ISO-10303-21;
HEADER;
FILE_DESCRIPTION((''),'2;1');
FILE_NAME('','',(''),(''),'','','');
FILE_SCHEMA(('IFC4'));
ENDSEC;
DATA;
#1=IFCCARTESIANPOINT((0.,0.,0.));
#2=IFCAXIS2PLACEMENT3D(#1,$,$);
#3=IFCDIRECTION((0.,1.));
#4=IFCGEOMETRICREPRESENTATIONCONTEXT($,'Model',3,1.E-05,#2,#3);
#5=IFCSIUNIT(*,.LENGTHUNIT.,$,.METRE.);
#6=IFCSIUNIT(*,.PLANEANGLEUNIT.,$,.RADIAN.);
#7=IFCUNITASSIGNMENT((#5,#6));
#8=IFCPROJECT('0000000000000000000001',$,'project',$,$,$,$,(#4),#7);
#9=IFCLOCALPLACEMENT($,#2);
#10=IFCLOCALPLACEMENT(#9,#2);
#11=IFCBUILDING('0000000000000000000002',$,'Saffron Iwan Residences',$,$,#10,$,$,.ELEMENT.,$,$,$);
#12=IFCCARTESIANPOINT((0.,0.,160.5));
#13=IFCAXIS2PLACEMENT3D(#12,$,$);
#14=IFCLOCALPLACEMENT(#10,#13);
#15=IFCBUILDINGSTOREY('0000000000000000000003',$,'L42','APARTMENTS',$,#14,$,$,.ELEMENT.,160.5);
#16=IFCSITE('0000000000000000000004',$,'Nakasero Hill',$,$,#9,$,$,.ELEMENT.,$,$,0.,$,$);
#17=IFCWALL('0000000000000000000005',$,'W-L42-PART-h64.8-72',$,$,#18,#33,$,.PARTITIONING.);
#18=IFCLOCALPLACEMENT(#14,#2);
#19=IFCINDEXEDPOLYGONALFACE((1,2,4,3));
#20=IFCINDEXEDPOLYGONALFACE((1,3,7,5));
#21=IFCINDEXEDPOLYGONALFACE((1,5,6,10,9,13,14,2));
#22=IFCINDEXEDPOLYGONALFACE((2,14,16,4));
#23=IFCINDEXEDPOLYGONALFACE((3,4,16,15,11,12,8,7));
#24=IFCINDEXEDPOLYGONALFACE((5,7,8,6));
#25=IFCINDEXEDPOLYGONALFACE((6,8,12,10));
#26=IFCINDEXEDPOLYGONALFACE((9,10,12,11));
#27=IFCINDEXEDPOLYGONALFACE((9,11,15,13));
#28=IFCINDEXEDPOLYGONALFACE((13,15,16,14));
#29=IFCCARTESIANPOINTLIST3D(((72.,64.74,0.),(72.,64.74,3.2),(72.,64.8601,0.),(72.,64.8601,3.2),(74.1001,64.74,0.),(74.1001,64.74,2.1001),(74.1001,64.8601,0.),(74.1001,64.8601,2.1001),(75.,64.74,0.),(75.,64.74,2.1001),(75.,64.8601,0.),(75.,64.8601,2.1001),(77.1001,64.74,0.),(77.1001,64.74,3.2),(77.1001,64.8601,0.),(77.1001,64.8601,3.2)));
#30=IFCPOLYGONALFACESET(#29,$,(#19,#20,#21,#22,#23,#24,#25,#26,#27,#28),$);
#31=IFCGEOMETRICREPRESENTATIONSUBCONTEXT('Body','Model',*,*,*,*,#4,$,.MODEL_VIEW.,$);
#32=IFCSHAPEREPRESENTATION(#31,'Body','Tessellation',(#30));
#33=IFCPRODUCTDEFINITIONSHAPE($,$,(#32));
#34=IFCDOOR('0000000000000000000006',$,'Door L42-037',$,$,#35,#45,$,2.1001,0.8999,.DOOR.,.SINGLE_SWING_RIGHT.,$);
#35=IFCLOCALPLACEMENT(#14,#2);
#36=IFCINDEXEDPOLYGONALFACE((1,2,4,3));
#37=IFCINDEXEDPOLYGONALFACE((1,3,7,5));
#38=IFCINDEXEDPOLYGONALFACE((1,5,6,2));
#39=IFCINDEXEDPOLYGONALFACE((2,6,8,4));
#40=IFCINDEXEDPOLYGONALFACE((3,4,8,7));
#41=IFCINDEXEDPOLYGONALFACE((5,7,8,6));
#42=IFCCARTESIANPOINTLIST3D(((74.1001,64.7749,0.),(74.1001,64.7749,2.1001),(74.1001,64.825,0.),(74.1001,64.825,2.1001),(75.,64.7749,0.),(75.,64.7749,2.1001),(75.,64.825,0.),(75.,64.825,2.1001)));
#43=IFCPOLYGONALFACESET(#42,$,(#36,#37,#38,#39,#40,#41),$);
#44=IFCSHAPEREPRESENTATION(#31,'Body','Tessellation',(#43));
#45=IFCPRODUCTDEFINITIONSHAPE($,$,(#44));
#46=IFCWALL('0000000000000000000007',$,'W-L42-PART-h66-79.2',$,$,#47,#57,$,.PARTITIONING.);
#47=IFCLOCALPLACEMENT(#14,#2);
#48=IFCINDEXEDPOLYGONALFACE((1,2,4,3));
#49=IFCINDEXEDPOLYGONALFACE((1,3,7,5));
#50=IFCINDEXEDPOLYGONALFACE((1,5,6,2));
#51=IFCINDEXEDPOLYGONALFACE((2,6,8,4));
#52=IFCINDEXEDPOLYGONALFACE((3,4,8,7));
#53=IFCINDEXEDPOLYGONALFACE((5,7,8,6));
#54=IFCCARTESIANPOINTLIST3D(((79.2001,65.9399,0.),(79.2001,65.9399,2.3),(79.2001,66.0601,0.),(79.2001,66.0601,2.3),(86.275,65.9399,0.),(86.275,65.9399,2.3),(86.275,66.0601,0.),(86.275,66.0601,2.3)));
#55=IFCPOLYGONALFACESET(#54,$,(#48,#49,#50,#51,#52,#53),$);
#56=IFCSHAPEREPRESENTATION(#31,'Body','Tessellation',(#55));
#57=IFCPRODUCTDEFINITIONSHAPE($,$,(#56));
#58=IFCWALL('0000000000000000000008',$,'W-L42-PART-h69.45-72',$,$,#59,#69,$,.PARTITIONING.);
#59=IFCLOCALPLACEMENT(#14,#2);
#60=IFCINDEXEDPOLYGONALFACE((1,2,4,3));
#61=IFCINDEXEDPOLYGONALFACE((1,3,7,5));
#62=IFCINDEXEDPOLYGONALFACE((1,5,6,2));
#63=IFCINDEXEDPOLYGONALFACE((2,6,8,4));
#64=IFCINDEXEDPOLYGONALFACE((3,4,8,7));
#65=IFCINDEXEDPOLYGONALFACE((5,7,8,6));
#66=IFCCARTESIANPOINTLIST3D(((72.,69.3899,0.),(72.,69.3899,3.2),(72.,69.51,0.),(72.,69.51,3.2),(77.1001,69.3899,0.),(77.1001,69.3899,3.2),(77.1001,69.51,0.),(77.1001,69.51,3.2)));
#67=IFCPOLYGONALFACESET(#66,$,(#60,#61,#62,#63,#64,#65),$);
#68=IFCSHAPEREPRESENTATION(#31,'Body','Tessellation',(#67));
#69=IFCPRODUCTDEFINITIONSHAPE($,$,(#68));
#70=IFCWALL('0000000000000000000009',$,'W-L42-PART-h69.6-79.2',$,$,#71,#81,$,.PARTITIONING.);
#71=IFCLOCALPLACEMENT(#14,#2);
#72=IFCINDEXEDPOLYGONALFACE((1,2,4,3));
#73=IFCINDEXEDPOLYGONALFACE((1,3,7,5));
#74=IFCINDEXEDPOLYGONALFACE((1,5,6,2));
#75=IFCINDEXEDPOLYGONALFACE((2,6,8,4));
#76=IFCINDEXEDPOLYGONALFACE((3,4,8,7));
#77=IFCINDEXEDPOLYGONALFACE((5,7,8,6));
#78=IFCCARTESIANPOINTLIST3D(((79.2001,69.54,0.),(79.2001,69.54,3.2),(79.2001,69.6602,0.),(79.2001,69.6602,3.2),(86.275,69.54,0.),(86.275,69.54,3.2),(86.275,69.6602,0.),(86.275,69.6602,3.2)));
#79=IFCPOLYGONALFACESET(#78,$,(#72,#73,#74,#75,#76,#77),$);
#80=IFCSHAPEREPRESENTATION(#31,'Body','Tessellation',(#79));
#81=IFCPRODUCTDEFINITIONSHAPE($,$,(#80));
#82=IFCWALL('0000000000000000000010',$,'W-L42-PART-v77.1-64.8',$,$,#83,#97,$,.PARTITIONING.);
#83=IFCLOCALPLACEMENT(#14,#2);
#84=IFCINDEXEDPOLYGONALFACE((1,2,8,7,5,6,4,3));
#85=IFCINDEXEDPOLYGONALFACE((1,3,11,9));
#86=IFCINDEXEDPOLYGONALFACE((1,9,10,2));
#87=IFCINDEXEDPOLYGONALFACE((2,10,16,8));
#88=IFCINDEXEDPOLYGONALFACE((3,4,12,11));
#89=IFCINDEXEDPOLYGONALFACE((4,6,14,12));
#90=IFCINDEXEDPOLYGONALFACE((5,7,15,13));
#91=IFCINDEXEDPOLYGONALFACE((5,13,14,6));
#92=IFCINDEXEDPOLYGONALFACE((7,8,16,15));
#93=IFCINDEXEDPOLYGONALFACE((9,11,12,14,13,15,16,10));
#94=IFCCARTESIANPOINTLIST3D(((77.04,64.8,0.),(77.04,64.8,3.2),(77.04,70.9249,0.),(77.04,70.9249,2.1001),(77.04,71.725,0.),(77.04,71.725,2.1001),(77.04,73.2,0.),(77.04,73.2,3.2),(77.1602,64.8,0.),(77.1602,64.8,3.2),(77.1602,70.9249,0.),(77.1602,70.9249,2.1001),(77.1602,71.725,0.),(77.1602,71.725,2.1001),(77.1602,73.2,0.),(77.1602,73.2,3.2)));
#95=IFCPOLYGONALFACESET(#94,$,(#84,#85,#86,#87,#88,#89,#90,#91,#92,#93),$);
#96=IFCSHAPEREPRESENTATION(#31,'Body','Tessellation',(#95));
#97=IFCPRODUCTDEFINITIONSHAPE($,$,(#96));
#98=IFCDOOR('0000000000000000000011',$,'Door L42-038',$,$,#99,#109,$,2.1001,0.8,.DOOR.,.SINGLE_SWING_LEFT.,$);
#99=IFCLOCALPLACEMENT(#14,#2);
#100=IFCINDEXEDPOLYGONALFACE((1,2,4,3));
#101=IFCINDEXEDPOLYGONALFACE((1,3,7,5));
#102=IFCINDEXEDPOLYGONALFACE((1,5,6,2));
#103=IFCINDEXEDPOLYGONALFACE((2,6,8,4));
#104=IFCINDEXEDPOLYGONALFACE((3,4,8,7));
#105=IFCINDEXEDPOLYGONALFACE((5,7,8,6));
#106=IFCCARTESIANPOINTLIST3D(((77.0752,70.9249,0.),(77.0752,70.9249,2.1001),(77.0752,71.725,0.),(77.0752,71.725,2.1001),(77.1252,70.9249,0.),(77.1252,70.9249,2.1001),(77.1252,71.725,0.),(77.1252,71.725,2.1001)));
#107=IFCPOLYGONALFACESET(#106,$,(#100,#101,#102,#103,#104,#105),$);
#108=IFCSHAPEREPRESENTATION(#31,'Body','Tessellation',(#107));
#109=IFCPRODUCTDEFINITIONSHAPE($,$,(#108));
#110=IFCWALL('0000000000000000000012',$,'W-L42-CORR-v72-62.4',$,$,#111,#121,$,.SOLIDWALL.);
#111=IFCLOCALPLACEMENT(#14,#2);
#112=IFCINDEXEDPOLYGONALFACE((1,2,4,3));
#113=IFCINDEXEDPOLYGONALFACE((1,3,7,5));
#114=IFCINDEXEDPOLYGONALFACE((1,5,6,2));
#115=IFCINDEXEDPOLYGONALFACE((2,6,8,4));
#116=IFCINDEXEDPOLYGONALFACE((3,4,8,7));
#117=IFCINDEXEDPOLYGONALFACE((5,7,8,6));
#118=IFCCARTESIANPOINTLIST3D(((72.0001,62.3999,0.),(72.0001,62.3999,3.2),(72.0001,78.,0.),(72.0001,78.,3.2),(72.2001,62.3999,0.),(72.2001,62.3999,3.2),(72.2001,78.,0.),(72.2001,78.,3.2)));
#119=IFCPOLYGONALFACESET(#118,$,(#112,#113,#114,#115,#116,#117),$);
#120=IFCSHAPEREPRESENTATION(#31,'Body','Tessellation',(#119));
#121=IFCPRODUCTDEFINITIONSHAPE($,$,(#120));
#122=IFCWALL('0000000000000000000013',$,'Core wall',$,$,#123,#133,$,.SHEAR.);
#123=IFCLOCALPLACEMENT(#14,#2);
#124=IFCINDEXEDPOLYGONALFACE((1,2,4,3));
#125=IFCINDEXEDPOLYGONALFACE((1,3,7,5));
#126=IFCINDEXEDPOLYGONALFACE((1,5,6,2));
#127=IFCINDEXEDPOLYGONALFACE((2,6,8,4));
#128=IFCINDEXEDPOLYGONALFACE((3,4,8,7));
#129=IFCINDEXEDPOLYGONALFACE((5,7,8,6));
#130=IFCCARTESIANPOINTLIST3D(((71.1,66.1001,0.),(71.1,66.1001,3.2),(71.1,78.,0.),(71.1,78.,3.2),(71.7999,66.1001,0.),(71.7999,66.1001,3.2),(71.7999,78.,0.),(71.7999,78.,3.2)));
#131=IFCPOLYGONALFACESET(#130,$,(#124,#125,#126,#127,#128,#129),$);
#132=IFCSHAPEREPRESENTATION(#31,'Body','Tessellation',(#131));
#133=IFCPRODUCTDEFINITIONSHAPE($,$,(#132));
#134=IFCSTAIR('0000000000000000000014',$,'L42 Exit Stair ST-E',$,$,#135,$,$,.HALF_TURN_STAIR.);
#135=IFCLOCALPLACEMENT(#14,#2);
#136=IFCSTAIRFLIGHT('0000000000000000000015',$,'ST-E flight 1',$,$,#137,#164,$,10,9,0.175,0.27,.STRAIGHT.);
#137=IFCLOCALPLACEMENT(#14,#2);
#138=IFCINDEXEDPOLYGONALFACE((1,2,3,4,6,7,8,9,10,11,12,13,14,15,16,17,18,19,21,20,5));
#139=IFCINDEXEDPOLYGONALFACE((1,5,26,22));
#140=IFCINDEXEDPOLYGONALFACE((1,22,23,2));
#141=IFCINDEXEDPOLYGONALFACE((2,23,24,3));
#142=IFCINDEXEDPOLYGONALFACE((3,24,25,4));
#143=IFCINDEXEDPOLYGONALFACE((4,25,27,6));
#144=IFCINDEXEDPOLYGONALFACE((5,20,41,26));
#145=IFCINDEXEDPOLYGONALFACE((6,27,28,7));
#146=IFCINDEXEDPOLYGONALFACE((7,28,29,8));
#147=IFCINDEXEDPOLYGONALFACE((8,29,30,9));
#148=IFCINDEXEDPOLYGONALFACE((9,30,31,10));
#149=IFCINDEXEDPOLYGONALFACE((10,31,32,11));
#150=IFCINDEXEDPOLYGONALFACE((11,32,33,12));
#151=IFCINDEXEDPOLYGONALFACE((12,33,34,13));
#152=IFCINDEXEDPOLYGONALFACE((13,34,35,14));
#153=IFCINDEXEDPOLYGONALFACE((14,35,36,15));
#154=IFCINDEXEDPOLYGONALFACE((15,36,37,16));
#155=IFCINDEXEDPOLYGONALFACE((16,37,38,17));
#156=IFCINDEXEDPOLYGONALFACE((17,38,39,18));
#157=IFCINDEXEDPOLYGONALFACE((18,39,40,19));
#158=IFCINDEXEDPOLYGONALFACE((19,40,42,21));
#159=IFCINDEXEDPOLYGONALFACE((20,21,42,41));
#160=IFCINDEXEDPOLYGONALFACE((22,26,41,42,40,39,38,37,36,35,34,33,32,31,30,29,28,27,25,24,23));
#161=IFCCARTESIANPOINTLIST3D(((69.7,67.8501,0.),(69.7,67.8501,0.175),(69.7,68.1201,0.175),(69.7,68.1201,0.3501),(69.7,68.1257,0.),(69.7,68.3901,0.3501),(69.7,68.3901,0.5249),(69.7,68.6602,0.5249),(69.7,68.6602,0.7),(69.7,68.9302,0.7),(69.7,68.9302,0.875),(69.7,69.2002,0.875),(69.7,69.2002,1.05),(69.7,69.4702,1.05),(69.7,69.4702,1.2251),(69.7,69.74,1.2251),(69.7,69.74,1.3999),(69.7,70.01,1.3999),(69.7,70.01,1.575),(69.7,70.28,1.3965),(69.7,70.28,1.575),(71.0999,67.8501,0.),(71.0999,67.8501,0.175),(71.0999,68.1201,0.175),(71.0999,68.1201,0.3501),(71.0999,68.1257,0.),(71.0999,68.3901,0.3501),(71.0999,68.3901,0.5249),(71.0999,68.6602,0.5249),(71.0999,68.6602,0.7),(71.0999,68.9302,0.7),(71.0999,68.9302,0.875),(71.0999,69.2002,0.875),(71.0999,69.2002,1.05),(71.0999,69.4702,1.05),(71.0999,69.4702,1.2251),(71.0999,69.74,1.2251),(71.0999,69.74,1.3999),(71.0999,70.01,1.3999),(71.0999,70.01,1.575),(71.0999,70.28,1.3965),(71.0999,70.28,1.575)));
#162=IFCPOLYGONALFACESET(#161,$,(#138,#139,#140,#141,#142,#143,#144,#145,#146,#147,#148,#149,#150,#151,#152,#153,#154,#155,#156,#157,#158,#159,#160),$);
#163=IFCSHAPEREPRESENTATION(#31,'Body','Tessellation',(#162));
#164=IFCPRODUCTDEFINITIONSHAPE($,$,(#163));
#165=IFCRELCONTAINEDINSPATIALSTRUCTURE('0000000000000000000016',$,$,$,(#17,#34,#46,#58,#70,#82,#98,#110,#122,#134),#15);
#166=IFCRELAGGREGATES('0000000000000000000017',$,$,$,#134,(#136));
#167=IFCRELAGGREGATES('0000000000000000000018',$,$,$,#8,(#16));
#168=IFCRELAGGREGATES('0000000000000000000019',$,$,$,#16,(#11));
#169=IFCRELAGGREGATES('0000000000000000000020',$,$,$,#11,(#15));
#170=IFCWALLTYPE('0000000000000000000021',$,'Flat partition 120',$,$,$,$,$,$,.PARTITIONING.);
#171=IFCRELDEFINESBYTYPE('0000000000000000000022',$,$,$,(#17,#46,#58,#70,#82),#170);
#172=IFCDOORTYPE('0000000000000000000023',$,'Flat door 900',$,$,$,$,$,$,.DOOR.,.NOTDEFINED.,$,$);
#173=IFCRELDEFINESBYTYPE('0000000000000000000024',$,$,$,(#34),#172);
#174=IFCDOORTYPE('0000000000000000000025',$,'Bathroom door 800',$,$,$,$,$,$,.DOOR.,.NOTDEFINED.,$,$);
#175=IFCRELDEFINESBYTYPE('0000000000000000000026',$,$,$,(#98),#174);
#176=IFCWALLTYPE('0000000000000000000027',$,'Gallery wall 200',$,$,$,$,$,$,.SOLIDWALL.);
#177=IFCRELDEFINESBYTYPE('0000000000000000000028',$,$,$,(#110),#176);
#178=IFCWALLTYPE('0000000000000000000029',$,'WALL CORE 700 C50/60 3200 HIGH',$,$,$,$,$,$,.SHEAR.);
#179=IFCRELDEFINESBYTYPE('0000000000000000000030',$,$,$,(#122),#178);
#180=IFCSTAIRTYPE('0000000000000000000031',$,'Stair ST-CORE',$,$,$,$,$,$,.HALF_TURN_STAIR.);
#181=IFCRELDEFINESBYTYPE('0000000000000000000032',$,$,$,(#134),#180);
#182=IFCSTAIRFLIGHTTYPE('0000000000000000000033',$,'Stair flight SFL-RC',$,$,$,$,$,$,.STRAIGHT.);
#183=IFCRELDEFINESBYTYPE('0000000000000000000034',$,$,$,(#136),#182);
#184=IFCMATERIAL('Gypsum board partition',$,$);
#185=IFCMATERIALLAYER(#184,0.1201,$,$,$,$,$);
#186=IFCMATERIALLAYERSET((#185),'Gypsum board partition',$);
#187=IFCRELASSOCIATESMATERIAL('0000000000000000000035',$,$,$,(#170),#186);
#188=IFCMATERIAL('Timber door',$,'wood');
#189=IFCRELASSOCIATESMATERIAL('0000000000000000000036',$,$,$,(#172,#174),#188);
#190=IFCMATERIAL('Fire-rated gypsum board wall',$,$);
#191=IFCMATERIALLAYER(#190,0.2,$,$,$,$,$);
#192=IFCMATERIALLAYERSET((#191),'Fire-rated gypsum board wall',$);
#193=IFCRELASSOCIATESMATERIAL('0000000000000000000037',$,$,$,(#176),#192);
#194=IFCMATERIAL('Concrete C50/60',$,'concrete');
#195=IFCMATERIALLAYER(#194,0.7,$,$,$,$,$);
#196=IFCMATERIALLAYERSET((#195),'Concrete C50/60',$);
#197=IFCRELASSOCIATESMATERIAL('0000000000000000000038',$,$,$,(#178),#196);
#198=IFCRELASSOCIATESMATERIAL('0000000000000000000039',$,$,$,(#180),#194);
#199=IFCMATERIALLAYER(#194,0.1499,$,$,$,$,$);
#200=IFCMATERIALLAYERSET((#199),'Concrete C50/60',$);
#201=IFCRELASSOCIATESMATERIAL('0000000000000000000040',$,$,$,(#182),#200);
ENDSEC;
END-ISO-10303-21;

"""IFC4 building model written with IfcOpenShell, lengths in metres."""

from ifc_helpers import new_model, si_unit, direction, frame, frame_2d, origin, place, context, subcontext, project, spatial, polyline, rectangle, outline, extrude, material, layer, layer_set, type_object, element, fill, aggregate, save


model = new_model("IFC4")

# Units and contexts
model_context = context("Model", 3, precision=1e-05, world=origin(), true_north=direction((0.0, 1.0)))
body_context = subcontext(model_context, "Body", "Model", "MODEL_VIEW")
ifc_project = project(units=[si_unit("LENGTHUNIT", "METRE"), si_unit("PLANEANGLEUNIT", "RADIAN")], contexts=[model_context])

# Site, building, storey
site_placement = place(None, origin())
site = spatial("IfcSite", under=ifc_project, at=site_placement, Name="Nakasero Hill", CompositionType="ELEMENT", RefElevation=0.0)
building_placement = place(site_placement, origin())
building = spatial("IfcBuilding", under=site, at=building_placement, Name="Saffron Iwan Residences", CompositionType="ELEMENT")
storey_placement = place(building_placement, frame((0.0, 0.0, 160.5)))
storey = spatial("IfcBuildingStorey", under=building, at=storey_placement, Name="L42", Description="APARTMENTS", CompositionType="ELEMENT", Elevation=160.5)

# Shared definitions
ifc_material_1 = material(Name="Concrete C50/60", Category="concrete")

# Shared definitions
ifc_material_2 = material(Name="Fire-rated gypsum board wall")

# Wall, opening, door
ifc_material_3 = material(Name="Gypsum board partition")
ifc_layer_1 = layer(ifc_material_3, 0.1201)
ifc_layer_set_1 = layer_set([ifc_layer_1], Name="Gypsum board partition")
wall_type_1 = type_object("IfcWallType", Name="Flat partition 120", PredefinedType="PARTITIONING", material=ifc_layer_set_1)
ifc_material_4 = material(Name="Timber door", Category="wood")
door_type_1 = type_object("IfcDoorType", Name="Flat door 900", OperationType="NOTDEFINED", PredefinedType="DOOR", material=ifc_material_4)
wall_1_placement = place(storey_placement, frame((72.0, 64.8, 0.0), z_axis=(0.0, 0.0, 1.0), x_axis=(1.0, 0.0, 0.0)))
wall_1 = element("IfcWall", 1, at=wall_1_placement, inside=storey, type_object=wall_type_1, Name="W-L42-PART-h64.8-72", PredefinedType="PARTITIONING", context=body_context, shape_type="SweptSolid", body=[
    extrude(rectangle(XDim=5.1001, YDim=0.1201, at=frame_2d((2.55, 0.0))), origin(), (0.0, 0.0, 1.0), 3.2),
])
opening_1_placement = place(wall_1_placement, frame((2.1001, 0.0, 0.0)))
opening_1 = element("IfcOpeningElement", 2, at=opening_1_placement, cuts=wall_1, PredefinedType="OPENING", context=body_context, shape_type="SweptSolid", body=[
    extrude(rectangle(XDim=0.8999, YDim=2.1001, at=frame_2d((0.45, 1.05))), frame((0.0, 0.0701, 0.0), z_axis=(0.0, -1.0, 0.0), x_axis=(1.0, 0.0, 0.0)), (0.0, 0.0, 1.0), 0.1401),
])
door_1_placement = place(opening_1_placement, origin())
door_1 = element("IfcDoor", 3, at=door_1_placement, inside=storey, type_object=door_type_1, Name="Door L42-037", OperationType="SINGLE_SWING_RIGHT", OverallHeight=2.1001, OverallWidth=0.8999, PredefinedType="DOOR", context=body_context, shape_type="SweptSolid", body=[
    extrude(rectangle(XDim=0.8999, YDim=2.1001, at=frame_2d((0.45, 1.05))), frame((0.0, 0.0249, 0.0), z_axis=(0.0, -1.0, 0.0), x_axis=(1.0, 0.0, 0.0)), (0.0, 0.0, 1.0), 0.05),
])
fill(opening_1, door_1)

# Walls
wall_2_placement = place(storey_placement, frame((79.2, 66.0, 0.0), z_axis=(0.0, 0.0, 1.0), x_axis=(1.0, 0.0, 0.0)))
element("IfcWall", 4, at=wall_2_placement, inside=storey, type_object=wall_type_1, Name="W-L42-PART-h66-79.2", PredefinedType="PARTITIONING", context=body_context, shape_type="SweptSolid", body=[
    extrude(rectangle(XDim=7.075, YDim=0.1201, at=frame_2d((3.5376, 0.0))), origin(), (0.0, 0.0, 1.0), 2.3),
])
wall_3_placement = place(storey_placement, frame((72.0, 69.45, 0.0), z_axis=(0.0, 0.0, 1.0), x_axis=(1.0, 0.0, 0.0)))
element("IfcWall", 5, at=wall_3_placement, inside=storey, type_object=wall_type_1, Name="W-L42-PART-h69.45-72", PredefinedType="PARTITIONING", context=body_context, shape_type="SweptSolid", body=[
    extrude(rectangle(XDim=5.1001, YDim=0.1201, at=frame_2d((2.55, 0.0))), origin(), (0.0, 0.0, 1.0), 3.2),
])
wall_4_placement = place(storey_placement, frame((79.2, 69.6001, 0.0), z_axis=(0.0, 0.0, 1.0), x_axis=(1.0, 0.0, 0.0)))
element("IfcWall", 6, at=wall_4_placement, inside=storey, type_object=wall_type_1, Name="W-L42-PART-h69.6-79.2", PredefinedType="PARTITIONING", context=body_context, shape_type="SweptSolid", body=[
    extrude(rectangle(XDim=7.075, YDim=0.1201, at=frame_2d((3.5376, 0.0))), origin(), (0.0, 0.0, 1.0), 3.2),
])

# Wall, opening, door
wall_5_placement = place(storey_placement, frame((77.1001, 64.8, 0.0), z_axis=(0.0, 0.0, 1.0), x_axis=(0.0, 1.0, 0.0)))
wall_5 = element("IfcWall", 7, at=wall_5_placement, inside=storey, type_object=wall_type_1, Name="W-L42-PART-v77.1-64.8", PredefinedType="PARTITIONING", context=body_context, shape_type="SweptSolid", body=[
    extrude(rectangle(XDim=8.3999, YDim=0.1201, at=frame_2d((4.2, 0.0))), origin(), (0.0, 0.0, 1.0), 3.2),
])
opening_2_placement = place(wall_5_placement, frame((6.125, 0.0, 0.0)))
opening_2 = element("IfcOpeningElement", 8, at=opening_2_placement, cuts=wall_5, PredefinedType="OPENING", context=body_context, shape_type="SweptSolid", body=[
    extrude(rectangle(XDim=0.8, YDim=2.1001, at=frame_2d((0.3999, 1.05))), frame((0.0, 0.0701, 0.0), z_axis=(0.0, -1.0, 0.0), x_axis=(1.0, 0.0, 0.0)), (0.0, 0.0, 1.0), 0.1401),
])
door_type_2 = type_object("IfcDoorType", Name="Bathroom door 800", OperationType="NOTDEFINED", PredefinedType="DOOR", material=ifc_material_4)
door_2_placement = place(opening_2_placement, origin())
door_2 = element("IfcDoor", 9, at=door_2_placement, inside=storey, type_object=door_type_2, Name="Door L42-038", OperationType="SINGLE_SWING_LEFT", OverallHeight=2.1001, OverallWidth=0.8, PredefinedType="DOOR", context=body_context, shape_type="SweptSolid", body=[
    extrude(rectangle(XDim=0.8, YDim=2.1001, at=frame_2d((0.3999, 1.05))), frame((0.0, 0.0249, 0.0), z_axis=(0.0, -1.0, 0.0), x_axis=(1.0, 0.0, 0.0)), (0.0, 0.0, 1.0), 0.05),
])
fill(opening_2, door_2)

# Walls
ifc_layer_2 = layer(ifc_material_2, 0.2)
ifc_layer_set_2 = layer_set([ifc_layer_2], Name="Fire-rated gypsum board wall")
wall_type_2 = type_object("IfcWallType", Name="Gallery wall 200", PredefinedType="SOLIDWALL", material=ifc_layer_set_2)
wall_6_placement = place(storey_placement, frame((72.1001, 62.3999, 0.0), z_axis=(0.0, 0.0, 1.0), x_axis=(0.0, 1.0, 0.0)))
element("IfcWall", 10, at=wall_6_placement, inside=storey, type_object=wall_type_2, Name="W-L42-CORR-v72-62.4", PredefinedType="SOLIDWALL", context=body_context, shape_type="SweptSolid", body=[
    extrude(rectangle(XDim=15.6001, YDim=0.2, at=frame_2d((7.8, 0.0))), origin(), (0.0, 0.0, 1.0), 3.2),
])
ifc_layer_3 = layer(ifc_material_1, 0.7)
ifc_layer_set_3 = layer_set([ifc_layer_3], Name="Concrete C50/60")
wall_type_3 = type_object("IfcWallType", Name="WALL CORE 700 C50/60 3200 HIGH", PredefinedType="SHEAR", material=ifc_layer_set_3)
wall_7_placement = place(storey_placement, frame((71.45, 66.1001, 0.0), z_axis=(0.0, 0.0, 1.0), x_axis=(0.0, 1.0, 0.0)))
element("IfcWall", 11, at=wall_7_placement, inside=storey, type_object=wall_type_3, Name="Core wall", PredefinedType="SHEAR", context=body_context, shape_type="SweptSolid", body=[
    extrude(rectangle(XDim=11.8999, YDim=0.7, at=frame_2d((5.95, 0.0))), origin(), (0.0, 0.0, 1.0), 3.2),
])

# Stair, stair flight
stair_type = type_object("IfcStairType", Name="Stair ST-CORE", PredefinedType="HALF_TURN_STAIR", material=ifc_material_1)
stair_placement = place(storey_placement, origin())
stair = element("IfcStair", 12, at=stair_placement, inside=storey, type_object=stair_type, Name="L42 Exit Stair ST-E", PredefinedType="HALF_TURN_STAIR")
ifc_layer_4 = layer(ifc_material_1, 0.1499)
ifc_layer_set_4 = layer_set([ifc_layer_4], Name="Concrete C50/60")
stair_flight_type = type_object("IfcStairFlightType", Name="Stair flight SFL-RC", PredefinedType="STRAIGHT", material=ifc_layer_set_4)
stair_flight_placement = place(storey_placement, frame((70.3999, 67.8501, 0.0), z_axis=(0.0, 0.0, 1.0), x_axis=(0.0, 1.0, 0.0)))
stair_flight = element("IfcStairFlight", 13, at=stair_flight_placement, type_object=stair_flight_type, Name="ST-E flight 1", NumberOfRisers=10, NumberOfTreads=9, PredefinedType="STRAIGHT", RiserHeight=0.175, TreadLength=0.27, context=body_context, shape_type="SweptSolid", body=[
    extrude(outline(polyline([(0.0, 0.0), (0.0, 0.175), (0.27, 0.175), (0.27, 0.3501), (0.54, 0.3501), (0.54, 0.5249), (0.8101, 0.5249), (0.8101, 0.7), (1.0801, 0.7), (1.0801, 0.875), (1.3501, 0.875), (1.3501, 1.05), (1.6201, 1.05), (1.6201, 1.2251), (1.8899, 1.2251), (1.8899, 1.3999), (2.1599, 1.3999), (2.1599, 1.575), (2.4299, 1.575), (2.4299, 1.75), (2.4299, 1.3965), (0.2756, 0.0), (0.0, 0.0)])), frame((0.0, 0.7, 0.0), z_axis=(0.0, -1.0, 0.0), x_axis=(1.0, 0.0, 0.0)), (0.0, 0.0, 1.0), 1.3999),
])
aggregate(stair, [stair_flight])

save(model, "model.ifc")
